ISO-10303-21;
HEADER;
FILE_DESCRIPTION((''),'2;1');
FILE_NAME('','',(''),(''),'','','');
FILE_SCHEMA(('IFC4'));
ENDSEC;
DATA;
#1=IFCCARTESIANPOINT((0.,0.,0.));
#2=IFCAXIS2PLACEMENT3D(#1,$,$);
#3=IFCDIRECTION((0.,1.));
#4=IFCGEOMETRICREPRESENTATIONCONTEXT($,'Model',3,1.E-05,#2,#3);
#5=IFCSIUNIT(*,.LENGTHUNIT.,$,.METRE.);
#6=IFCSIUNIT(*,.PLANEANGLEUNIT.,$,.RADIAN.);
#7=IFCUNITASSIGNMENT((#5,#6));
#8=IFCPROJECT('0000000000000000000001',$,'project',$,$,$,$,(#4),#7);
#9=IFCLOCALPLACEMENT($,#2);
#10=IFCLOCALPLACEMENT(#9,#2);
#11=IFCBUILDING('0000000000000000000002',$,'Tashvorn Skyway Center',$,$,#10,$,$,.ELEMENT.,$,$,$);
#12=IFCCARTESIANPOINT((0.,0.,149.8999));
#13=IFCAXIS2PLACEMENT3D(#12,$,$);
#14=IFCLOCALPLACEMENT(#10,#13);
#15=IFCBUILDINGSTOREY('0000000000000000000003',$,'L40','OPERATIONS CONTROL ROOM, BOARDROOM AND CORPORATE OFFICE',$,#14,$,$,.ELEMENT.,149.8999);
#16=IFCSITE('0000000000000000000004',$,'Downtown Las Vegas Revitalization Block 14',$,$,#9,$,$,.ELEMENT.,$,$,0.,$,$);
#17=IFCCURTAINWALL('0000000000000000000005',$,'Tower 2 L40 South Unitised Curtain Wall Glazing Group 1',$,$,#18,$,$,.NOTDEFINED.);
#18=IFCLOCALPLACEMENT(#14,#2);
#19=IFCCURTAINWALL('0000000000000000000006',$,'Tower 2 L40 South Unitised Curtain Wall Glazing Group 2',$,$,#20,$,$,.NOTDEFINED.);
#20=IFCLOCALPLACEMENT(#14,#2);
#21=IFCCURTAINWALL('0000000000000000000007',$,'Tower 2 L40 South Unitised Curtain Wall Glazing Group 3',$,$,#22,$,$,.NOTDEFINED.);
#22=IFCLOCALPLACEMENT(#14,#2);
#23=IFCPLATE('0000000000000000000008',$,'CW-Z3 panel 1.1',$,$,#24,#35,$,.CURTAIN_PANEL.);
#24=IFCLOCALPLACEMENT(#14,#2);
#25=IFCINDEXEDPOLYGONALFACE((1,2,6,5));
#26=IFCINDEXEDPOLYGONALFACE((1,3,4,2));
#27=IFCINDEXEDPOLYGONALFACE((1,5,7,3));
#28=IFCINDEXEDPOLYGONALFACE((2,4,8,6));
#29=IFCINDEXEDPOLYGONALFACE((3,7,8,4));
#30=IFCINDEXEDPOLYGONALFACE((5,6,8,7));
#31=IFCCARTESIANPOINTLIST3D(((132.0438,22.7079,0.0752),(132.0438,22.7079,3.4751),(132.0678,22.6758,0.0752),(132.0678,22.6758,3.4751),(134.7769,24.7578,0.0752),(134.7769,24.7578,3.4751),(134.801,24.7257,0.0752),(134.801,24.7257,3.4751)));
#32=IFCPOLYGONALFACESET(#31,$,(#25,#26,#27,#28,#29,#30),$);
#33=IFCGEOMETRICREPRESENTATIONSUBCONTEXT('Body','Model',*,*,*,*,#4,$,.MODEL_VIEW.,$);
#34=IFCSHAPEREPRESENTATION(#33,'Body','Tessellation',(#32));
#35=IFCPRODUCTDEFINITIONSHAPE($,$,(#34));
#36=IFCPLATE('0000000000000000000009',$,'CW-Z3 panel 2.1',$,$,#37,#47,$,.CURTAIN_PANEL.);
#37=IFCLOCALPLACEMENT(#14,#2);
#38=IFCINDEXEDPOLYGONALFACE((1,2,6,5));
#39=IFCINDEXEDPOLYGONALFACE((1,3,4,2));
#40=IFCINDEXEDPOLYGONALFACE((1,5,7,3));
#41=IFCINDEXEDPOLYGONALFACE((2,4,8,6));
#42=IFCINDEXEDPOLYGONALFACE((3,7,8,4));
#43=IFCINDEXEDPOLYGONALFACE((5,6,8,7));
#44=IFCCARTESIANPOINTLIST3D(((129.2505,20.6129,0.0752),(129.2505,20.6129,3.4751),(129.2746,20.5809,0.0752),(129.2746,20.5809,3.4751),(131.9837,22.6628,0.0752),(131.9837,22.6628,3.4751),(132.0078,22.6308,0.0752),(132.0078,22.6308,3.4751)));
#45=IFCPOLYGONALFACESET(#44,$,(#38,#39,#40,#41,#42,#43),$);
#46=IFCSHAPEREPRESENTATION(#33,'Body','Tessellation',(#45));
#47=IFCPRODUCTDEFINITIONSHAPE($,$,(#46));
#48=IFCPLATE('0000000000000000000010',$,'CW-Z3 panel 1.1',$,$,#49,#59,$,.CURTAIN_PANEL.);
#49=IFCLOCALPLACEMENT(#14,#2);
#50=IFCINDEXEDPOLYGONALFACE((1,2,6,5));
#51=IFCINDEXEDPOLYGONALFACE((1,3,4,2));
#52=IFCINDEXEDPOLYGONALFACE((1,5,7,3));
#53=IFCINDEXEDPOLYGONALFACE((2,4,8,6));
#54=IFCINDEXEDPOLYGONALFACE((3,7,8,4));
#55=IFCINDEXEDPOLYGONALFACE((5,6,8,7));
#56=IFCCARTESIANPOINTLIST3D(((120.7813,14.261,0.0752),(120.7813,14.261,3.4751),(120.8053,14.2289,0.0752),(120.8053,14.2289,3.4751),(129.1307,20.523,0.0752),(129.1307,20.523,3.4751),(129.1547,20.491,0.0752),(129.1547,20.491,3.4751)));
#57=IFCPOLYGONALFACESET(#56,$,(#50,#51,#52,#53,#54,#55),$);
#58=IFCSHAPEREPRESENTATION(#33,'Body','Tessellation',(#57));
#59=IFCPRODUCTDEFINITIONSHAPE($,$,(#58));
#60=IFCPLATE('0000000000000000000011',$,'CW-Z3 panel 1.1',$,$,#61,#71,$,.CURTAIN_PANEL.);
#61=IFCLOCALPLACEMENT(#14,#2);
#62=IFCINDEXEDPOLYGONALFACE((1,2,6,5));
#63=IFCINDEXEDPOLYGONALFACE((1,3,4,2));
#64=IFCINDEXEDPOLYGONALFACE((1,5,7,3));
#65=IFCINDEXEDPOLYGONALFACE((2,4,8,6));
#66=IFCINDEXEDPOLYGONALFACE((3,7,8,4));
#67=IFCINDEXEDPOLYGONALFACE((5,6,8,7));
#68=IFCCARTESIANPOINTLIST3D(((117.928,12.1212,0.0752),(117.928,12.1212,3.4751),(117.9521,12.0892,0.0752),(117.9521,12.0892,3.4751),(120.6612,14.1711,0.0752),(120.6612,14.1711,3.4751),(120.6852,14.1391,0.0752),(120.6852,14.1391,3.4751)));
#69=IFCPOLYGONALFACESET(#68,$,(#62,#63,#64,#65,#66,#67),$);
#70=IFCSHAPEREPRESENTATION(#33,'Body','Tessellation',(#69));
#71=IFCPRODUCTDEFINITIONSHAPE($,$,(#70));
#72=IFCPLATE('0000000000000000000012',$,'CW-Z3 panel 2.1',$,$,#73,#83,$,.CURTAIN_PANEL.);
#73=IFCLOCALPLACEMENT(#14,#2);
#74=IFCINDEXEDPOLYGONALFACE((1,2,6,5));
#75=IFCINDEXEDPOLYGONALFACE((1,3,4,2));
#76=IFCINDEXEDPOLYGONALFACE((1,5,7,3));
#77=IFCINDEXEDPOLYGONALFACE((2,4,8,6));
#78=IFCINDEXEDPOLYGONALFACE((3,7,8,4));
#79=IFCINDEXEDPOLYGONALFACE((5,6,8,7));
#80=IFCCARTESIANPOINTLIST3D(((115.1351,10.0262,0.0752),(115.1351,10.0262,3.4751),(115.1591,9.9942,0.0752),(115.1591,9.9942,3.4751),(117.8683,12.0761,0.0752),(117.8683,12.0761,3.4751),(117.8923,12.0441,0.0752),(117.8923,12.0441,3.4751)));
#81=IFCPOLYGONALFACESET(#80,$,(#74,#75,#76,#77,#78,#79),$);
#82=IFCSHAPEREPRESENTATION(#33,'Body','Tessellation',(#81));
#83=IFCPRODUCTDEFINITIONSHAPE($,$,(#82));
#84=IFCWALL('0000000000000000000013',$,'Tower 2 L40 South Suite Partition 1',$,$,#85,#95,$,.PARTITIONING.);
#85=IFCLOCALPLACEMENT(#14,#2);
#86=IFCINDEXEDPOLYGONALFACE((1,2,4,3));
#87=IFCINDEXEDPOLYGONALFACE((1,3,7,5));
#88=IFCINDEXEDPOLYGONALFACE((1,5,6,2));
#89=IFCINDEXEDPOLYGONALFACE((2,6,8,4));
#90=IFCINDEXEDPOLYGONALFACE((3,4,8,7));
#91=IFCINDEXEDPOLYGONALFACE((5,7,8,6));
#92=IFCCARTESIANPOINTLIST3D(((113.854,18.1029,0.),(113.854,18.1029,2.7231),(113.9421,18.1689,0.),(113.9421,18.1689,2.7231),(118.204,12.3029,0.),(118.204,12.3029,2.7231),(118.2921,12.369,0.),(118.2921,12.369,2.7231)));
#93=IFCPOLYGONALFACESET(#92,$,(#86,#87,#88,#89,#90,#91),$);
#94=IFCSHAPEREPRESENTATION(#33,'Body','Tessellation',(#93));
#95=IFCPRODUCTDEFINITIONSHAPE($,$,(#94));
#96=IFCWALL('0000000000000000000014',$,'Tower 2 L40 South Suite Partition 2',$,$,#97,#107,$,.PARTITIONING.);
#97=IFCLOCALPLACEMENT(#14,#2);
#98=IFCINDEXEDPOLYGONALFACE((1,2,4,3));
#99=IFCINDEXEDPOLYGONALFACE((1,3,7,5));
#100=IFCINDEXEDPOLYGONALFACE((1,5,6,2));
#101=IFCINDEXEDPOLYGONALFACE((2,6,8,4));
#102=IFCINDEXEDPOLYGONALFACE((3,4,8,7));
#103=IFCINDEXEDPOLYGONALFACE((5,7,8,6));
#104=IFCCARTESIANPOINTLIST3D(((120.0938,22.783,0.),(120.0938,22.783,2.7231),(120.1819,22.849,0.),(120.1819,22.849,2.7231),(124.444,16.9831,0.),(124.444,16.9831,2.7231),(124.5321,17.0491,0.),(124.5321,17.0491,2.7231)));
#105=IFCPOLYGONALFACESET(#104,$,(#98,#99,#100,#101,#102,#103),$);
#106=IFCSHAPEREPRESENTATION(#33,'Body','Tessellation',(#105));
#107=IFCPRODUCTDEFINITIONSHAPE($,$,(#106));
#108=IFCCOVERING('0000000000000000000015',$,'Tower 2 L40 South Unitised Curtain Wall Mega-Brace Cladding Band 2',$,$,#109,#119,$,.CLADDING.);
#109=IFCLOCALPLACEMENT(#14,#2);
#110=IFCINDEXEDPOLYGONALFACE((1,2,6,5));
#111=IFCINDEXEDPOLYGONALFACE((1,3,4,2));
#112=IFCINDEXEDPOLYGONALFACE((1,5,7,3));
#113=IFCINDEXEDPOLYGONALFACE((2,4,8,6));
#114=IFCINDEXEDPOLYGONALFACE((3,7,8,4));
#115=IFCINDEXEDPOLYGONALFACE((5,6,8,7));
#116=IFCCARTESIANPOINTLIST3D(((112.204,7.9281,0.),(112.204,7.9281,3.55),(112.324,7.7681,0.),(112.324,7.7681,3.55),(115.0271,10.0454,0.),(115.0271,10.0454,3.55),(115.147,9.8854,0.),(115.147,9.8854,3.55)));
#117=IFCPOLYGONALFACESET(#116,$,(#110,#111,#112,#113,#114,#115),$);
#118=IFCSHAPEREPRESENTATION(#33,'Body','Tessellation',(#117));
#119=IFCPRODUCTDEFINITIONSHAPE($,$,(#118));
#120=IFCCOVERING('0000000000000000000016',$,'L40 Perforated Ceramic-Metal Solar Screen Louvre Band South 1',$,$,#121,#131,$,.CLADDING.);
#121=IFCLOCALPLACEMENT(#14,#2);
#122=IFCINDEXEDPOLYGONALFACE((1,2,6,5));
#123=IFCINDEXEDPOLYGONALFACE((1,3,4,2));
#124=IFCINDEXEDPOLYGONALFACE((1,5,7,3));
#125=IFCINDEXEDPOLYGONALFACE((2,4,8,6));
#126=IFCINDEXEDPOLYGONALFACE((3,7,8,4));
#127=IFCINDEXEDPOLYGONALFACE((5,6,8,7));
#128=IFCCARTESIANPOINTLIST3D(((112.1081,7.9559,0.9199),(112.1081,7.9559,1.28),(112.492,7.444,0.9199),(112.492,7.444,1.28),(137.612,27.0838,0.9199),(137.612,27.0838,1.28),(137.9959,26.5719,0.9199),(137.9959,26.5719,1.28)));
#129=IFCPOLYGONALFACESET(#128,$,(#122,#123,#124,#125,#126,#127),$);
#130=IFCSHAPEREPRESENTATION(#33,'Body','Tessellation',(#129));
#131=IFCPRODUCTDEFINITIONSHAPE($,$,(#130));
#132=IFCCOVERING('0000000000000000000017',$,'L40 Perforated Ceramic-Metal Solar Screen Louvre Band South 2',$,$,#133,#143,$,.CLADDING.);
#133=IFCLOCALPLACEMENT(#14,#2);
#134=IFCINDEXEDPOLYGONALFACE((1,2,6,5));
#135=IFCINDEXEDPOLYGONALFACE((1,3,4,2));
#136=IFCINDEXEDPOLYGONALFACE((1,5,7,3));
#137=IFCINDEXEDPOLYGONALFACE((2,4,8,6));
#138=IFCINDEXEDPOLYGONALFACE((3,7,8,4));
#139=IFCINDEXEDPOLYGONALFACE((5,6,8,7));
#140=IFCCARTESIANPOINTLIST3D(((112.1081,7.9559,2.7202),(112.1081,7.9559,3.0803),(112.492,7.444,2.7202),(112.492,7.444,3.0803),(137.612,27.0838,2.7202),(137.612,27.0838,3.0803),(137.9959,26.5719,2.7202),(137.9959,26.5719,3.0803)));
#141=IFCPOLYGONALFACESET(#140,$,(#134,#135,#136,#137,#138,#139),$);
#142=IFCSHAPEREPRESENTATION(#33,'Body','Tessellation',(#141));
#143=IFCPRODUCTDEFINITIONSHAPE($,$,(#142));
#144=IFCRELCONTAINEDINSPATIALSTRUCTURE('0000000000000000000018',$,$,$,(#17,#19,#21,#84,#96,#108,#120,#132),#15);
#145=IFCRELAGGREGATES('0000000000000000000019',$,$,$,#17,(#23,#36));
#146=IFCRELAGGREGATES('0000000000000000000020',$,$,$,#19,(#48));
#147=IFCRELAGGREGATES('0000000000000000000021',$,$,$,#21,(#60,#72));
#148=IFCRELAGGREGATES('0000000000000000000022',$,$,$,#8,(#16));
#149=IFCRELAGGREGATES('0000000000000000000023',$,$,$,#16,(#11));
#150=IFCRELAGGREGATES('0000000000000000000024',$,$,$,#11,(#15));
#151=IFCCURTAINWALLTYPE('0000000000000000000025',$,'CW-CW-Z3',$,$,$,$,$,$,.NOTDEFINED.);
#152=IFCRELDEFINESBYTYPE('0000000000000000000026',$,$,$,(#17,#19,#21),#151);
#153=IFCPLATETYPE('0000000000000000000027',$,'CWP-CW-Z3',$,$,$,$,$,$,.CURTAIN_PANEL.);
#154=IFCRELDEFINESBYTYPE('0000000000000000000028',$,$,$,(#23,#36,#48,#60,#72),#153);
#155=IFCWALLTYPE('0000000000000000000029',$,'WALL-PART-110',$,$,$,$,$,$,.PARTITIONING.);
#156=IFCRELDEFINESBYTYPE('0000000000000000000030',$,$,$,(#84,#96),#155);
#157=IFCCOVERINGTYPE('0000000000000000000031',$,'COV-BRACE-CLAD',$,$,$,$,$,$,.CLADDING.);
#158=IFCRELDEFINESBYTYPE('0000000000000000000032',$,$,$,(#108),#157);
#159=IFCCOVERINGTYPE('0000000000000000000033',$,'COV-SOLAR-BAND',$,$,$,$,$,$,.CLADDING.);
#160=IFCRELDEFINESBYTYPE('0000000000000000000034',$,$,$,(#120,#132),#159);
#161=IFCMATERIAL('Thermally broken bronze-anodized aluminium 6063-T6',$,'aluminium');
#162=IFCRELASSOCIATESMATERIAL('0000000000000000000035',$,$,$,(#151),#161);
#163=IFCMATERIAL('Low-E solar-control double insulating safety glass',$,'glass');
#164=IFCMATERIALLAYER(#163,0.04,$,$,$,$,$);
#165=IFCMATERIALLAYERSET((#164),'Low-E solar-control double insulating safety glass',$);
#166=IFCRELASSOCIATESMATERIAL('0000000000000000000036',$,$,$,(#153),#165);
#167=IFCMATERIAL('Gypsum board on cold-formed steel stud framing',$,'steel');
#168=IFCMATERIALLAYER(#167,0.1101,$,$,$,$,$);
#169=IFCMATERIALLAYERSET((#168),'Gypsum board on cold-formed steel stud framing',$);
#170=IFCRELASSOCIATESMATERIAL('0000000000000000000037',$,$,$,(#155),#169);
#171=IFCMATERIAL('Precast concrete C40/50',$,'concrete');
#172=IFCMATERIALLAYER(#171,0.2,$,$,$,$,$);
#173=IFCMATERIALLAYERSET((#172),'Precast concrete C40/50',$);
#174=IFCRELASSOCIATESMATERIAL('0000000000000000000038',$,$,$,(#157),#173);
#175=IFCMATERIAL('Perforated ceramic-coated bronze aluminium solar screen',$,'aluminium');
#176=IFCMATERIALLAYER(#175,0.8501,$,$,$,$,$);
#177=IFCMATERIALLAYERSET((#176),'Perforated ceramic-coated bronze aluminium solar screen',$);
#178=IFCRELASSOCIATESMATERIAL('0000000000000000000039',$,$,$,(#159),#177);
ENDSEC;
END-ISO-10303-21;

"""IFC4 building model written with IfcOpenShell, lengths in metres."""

from ifc_helpers import new_model, si_unit, direction, frame, frame_2d, origin, origin_2d, place, context, subcontext, project, spatial, rectangle, extrude, material, layer, layer_set, type_object, element, aggregate, save


model = new_model("IFC4")

# Units and contexts
model_context = context("Model", 3, precision=1e-05, world=origin(), true_north=direction((0.0, 1.0)))
body_context = subcontext(model_context, "Body", "Model", "MODEL_VIEW")
ifc_project = project(units=[si_unit("LENGTHUNIT", "METRE"), si_unit("PLANEANGLEUNIT", "RADIAN")], contexts=[model_context])

# Site, building, storey
site_placement = place(None, origin())
site = spatial("IfcSite", under=ifc_project, at=site_placement, Name="Downtown Las Vegas Revitalization Block 14", CompositionType="ELEMENT", RefElevation=0.0)
building_placement = place(site_placement, origin())
building = spatial("IfcBuilding", under=site, at=building_placement, Name="Tashvorn Skyway Center", CompositionType="ELEMENT")
storey_placement = place(building_placement, frame((0.0, 0.0, 149.8999)))
storey = spatial("IfcBuildingStorey", under=building, at=storey_placement, Name="L40", Description="OPERATIONS CONTROL ROOM, BOARDROOM AND CORPORATE OFFICE", CompositionType="ELEMENT", Elevation=149.8999)

# Curtain walls
ifc_material_1 = material(Name="Thermally broken bronze-anodized aluminium 6063-T6", Category="aluminium")
curtain_wall_type = type_object("IfcCurtainWallType", Name="CW-CW-Z3", PredefinedType="NOTDEFINED", material=ifc_material_1)
curtain_wall_1_placement = place(storey_placement, origin())
curtain_wall_1 = element("IfcCurtainWall", 1, at=curtain_wall_1_placement, inside=storey, type_object=curtain_wall_type, Name="Tower 2 L40 South Unitised Curtain Wall Glazing Group 1", PredefinedType="NOTDEFINED")
curtain_wall_2_placement = place(storey_placement, origin())
curtain_wall_2 = element("IfcCurtainWall", 2, at=curtain_wall_2_placement, inside=storey, type_object=curtain_wall_type, Name="Tower 2 L40 South Unitised Curtain Wall Glazing Group 2", PredefinedType="NOTDEFINED")
curtain_wall_3_placement = place(storey_placement, origin())
curtain_wall_3 = element("IfcCurtainWall", 3, at=curtain_wall_3_placement, inside=storey, type_object=curtain_wall_type, Name="Tower 2 L40 South Unitised Curtain Wall Glazing Group 3", PredefinedType="NOTDEFINED")

# Plates
ifc_material_2 = material(Name="Low-E solar-control double insulating safety glass", Category="glass")
ifc_layer_1 = layer(ifc_material_2, 0.04)
ifc_layer_set_1 = layer_set([ifc_layer_1], Name="Low-E solar-control double insulating safety glass")
plate_type = type_object("IfcPlateType", Name="CWP-CW-Z3", PredefinedType="CURTAIN_PANEL", material=ifc_layer_set_1)
plate_1_placement = place(storey_placement, frame((133.4224, 23.7168, 0.0752), z_axis=(0.0, 0.0, 1.0), x_axis=(-0.799997, -0.600005, 0.0)))
plate_1 = element("IfcPlate", 4, at=plate_1_placement, type_object=plate_type, Name="CW-Z3 panel 1.1", PredefinedType="CURTAIN_PANEL", context=body_context, shape_type="SweptSolid", body=[
    extrude(rectangle(XDim=3.4165, YDim=0.04, at=origin_2d()), origin(), (0.0, 0.0, 1.0), 3.3999),
])
plate_2_placement = place(storey_placement, frame((130.6292, 21.6218, 0.0752), z_axis=(0.0, 0.0, 1.0), x_axis=(-0.799997, -0.600005, 0.0)))
plate_2 = element("IfcPlate", 5, at=plate_2_placement, type_object=plate_type, Name="CW-Z3 panel 2.1", PredefinedType="CURTAIN_PANEL", context=body_context, shape_type="SweptSolid", body=[
    extrude(rectangle(XDim=3.4165, YDim=0.04, at=origin_2d()), origin(), (0.0, 0.0, 1.0), 3.3999),
])
aggregate(curtain_wall_1, [plate_1, plate_2])
plate_3_placement = place(storey_placement, frame((124.968, 17.376, 0.0752), z_axis=(0.0, 0.0, 1.0), x_axis=(-0.800002, -0.599997, 0.0)))
plate_3 = element("IfcPlate", 6, at=plate_3_placement, type_object=plate_type, Name="CW-Z3 panel 1.1", PredefinedType="CURTAIN_PANEL", context=body_context, shape_type="SweptSolid", body=[
    extrude(rectangle(XDim=10.4368, YDim=0.04, at=origin_2d()), origin(), (0.0, 0.0, 1.0), 3.3999),
])
aggregate(curtain_wall_2, [plate_3])
plate_4_placement = place(storey_placement, frame((119.3066, 13.1301, 0.0752), z_axis=(0.0, 0.0, 1.0), x_axis=(-0.799997, -0.600005, 0.0)))
plate_4 = element("IfcPlate", 7, at=plate_4_placement, type_object=plate_type, Name="CW-Z3 panel 1.1", PredefinedType="CURTAIN_PANEL", context=body_context, shape_type="SweptSolid", body=[
    extrude(rectangle(XDim=3.4165, YDim=0.04, at=origin_2d()), origin(), (0.0, 0.0, 1.0), 3.3999),
])
plate_5_placement = place(storey_placement, frame((116.5137, 11.0352, 0.0752), z_axis=(0.0, 0.0, 1.0), x_axis=(-0.799997, -0.600005, 0.0)))
plate_5 = element("IfcPlate", 8, at=plate_5_placement, type_object=plate_type, Name="CW-Z3 panel 2.1", PredefinedType="CURTAIN_PANEL", context=body_context, shape_type="SweptSolid", body=[
    extrude(rectangle(XDim=3.4165, YDim=0.04, at=origin_2d()), origin(), (0.0, 0.0, 1.0), 3.3999),
])
aggregate(curtain_wall_3, [plate_4, plate_5])

# Walls
ifc_material_3 = material(Name="Gypsum board on cold-formed steel stud framing", Category="steel")
ifc_layer_2 = layer(ifc_material_3, 0.1101)
ifc_layer_set_2 = layer_set([ifc_layer_2], Name="Gypsum board on cold-formed steel stud framing")
wall_type = type_object("IfcWallType", Name="WALL-PART-110", PredefinedType="PARTITIONING", material=ifc_layer_set_2)
for number, where, z_axis, x_axis, name in (
    (9, (118.248, 12.3359, 0.0), (0.0, 0.0, 1.0), (-0.600005, 0.799996, 0.0), "Tower 2 L40 South Suite Partition 1"),
    (10, (124.488, 17.0161, 0.0), (0.0, 0.0, 1.0), (-0.600022, 0.799984, 0.0), "Tower 2 L40 South Suite Partition 2"),
):
    element("IfcWall", number, at=place(storey_placement, frame(where, z_axis=z_axis, x_axis=x_axis)), inside=storey, type_object=wall_type, Name=name, PredefinedType="PARTITIONING", context=body_context, shape_type="SweptSolid", body=[
        extrude(rectangle(XDim=7.25, YDim=0.1101, at=frame_2d((3.625, 0.0))), origin(), (0.0, 0.0, 1.0), 2.7231),
    ])

# Coverings
ifc_material_4 = material(Name="Precast concrete C40/50", Category="concrete")
ifc_layer_3 = layer(ifc_material_4, 0.2)
ifc_layer_set_3 = layer_set([ifc_layer_3], Name="Precast concrete C40/50")
covering_type_1 = type_object("IfcCoveringType", Name="COV-BRACE-CLAD", PredefinedType="CLADDING", material=ifc_layer_set_3)
covering_placement = place(storey_placement, frame((113.6755, 8.9067, 0.0), z_axis=(0.0, 0.0, 1.0), x_axis=(-0.8, -0.6, 0.0)))
element("IfcCovering", 11, at=covering_placement, inside=storey, type_object=covering_type_1, Name="Tower 2 L40 South Unitised Curtain Wall Mega-Brace Cladding Band 2", PredefinedType="CLADDING", context=body_context, shape_type="SweptSolid", body=[
    extrude(rectangle(XDim=3.5288, YDim=0.2, at=origin_2d()), origin(), (0.0, 0.0, 1.0), 3.55),
])
ifc_material_5 = material(Name="Perforated ceramic-coated bronze aluminium solar screen", Category="aluminium")
ifc_layer_4 = layer(ifc_material_5, 0.8501)
ifc_layer_set_4 = layer_set([ifc_layer_4], Name="Perforated ceramic-coated bronze aluminium solar screen")
covering_type_2 = type_object("IfcCoveringType", Name="COV-SOLAR-BAND", PredefinedType="CLADDING", material=ifc_layer_set_4)
for number, where, z_axis, x_axis, name in (
    (12, (125.052, 17.2639, 0.9199), (0.0, 0.0, 1.0), (-0.8, -0.6, 0.0), "L40 Perforated Ceramic-Metal Solar Screen Louvre Band South 1"),
    (13, (125.052, 17.2639, 2.7202), (0.0, 0.0, 1.0), (-0.8, -0.6, 0.0), "L40 Perforated Ceramic-Metal Solar Screen Louvre Band South 2"),
):
    element("IfcCovering", number, at=place(storey_placement, frame(where, z_axis=z_axis, x_axis=x_axis)), inside=storey, type_object=covering_type_2, Name=name, PredefinedType="CLADDING", context=body_context, shape_type="SweptSolid", body=[
        extrude(rectangle(XDim=31.8799, YDim=0.6399, at=origin_2d()), origin(), (0.0, 0.0, 1.0), 0.3601),
    ])

save(model, "model.ifc")
